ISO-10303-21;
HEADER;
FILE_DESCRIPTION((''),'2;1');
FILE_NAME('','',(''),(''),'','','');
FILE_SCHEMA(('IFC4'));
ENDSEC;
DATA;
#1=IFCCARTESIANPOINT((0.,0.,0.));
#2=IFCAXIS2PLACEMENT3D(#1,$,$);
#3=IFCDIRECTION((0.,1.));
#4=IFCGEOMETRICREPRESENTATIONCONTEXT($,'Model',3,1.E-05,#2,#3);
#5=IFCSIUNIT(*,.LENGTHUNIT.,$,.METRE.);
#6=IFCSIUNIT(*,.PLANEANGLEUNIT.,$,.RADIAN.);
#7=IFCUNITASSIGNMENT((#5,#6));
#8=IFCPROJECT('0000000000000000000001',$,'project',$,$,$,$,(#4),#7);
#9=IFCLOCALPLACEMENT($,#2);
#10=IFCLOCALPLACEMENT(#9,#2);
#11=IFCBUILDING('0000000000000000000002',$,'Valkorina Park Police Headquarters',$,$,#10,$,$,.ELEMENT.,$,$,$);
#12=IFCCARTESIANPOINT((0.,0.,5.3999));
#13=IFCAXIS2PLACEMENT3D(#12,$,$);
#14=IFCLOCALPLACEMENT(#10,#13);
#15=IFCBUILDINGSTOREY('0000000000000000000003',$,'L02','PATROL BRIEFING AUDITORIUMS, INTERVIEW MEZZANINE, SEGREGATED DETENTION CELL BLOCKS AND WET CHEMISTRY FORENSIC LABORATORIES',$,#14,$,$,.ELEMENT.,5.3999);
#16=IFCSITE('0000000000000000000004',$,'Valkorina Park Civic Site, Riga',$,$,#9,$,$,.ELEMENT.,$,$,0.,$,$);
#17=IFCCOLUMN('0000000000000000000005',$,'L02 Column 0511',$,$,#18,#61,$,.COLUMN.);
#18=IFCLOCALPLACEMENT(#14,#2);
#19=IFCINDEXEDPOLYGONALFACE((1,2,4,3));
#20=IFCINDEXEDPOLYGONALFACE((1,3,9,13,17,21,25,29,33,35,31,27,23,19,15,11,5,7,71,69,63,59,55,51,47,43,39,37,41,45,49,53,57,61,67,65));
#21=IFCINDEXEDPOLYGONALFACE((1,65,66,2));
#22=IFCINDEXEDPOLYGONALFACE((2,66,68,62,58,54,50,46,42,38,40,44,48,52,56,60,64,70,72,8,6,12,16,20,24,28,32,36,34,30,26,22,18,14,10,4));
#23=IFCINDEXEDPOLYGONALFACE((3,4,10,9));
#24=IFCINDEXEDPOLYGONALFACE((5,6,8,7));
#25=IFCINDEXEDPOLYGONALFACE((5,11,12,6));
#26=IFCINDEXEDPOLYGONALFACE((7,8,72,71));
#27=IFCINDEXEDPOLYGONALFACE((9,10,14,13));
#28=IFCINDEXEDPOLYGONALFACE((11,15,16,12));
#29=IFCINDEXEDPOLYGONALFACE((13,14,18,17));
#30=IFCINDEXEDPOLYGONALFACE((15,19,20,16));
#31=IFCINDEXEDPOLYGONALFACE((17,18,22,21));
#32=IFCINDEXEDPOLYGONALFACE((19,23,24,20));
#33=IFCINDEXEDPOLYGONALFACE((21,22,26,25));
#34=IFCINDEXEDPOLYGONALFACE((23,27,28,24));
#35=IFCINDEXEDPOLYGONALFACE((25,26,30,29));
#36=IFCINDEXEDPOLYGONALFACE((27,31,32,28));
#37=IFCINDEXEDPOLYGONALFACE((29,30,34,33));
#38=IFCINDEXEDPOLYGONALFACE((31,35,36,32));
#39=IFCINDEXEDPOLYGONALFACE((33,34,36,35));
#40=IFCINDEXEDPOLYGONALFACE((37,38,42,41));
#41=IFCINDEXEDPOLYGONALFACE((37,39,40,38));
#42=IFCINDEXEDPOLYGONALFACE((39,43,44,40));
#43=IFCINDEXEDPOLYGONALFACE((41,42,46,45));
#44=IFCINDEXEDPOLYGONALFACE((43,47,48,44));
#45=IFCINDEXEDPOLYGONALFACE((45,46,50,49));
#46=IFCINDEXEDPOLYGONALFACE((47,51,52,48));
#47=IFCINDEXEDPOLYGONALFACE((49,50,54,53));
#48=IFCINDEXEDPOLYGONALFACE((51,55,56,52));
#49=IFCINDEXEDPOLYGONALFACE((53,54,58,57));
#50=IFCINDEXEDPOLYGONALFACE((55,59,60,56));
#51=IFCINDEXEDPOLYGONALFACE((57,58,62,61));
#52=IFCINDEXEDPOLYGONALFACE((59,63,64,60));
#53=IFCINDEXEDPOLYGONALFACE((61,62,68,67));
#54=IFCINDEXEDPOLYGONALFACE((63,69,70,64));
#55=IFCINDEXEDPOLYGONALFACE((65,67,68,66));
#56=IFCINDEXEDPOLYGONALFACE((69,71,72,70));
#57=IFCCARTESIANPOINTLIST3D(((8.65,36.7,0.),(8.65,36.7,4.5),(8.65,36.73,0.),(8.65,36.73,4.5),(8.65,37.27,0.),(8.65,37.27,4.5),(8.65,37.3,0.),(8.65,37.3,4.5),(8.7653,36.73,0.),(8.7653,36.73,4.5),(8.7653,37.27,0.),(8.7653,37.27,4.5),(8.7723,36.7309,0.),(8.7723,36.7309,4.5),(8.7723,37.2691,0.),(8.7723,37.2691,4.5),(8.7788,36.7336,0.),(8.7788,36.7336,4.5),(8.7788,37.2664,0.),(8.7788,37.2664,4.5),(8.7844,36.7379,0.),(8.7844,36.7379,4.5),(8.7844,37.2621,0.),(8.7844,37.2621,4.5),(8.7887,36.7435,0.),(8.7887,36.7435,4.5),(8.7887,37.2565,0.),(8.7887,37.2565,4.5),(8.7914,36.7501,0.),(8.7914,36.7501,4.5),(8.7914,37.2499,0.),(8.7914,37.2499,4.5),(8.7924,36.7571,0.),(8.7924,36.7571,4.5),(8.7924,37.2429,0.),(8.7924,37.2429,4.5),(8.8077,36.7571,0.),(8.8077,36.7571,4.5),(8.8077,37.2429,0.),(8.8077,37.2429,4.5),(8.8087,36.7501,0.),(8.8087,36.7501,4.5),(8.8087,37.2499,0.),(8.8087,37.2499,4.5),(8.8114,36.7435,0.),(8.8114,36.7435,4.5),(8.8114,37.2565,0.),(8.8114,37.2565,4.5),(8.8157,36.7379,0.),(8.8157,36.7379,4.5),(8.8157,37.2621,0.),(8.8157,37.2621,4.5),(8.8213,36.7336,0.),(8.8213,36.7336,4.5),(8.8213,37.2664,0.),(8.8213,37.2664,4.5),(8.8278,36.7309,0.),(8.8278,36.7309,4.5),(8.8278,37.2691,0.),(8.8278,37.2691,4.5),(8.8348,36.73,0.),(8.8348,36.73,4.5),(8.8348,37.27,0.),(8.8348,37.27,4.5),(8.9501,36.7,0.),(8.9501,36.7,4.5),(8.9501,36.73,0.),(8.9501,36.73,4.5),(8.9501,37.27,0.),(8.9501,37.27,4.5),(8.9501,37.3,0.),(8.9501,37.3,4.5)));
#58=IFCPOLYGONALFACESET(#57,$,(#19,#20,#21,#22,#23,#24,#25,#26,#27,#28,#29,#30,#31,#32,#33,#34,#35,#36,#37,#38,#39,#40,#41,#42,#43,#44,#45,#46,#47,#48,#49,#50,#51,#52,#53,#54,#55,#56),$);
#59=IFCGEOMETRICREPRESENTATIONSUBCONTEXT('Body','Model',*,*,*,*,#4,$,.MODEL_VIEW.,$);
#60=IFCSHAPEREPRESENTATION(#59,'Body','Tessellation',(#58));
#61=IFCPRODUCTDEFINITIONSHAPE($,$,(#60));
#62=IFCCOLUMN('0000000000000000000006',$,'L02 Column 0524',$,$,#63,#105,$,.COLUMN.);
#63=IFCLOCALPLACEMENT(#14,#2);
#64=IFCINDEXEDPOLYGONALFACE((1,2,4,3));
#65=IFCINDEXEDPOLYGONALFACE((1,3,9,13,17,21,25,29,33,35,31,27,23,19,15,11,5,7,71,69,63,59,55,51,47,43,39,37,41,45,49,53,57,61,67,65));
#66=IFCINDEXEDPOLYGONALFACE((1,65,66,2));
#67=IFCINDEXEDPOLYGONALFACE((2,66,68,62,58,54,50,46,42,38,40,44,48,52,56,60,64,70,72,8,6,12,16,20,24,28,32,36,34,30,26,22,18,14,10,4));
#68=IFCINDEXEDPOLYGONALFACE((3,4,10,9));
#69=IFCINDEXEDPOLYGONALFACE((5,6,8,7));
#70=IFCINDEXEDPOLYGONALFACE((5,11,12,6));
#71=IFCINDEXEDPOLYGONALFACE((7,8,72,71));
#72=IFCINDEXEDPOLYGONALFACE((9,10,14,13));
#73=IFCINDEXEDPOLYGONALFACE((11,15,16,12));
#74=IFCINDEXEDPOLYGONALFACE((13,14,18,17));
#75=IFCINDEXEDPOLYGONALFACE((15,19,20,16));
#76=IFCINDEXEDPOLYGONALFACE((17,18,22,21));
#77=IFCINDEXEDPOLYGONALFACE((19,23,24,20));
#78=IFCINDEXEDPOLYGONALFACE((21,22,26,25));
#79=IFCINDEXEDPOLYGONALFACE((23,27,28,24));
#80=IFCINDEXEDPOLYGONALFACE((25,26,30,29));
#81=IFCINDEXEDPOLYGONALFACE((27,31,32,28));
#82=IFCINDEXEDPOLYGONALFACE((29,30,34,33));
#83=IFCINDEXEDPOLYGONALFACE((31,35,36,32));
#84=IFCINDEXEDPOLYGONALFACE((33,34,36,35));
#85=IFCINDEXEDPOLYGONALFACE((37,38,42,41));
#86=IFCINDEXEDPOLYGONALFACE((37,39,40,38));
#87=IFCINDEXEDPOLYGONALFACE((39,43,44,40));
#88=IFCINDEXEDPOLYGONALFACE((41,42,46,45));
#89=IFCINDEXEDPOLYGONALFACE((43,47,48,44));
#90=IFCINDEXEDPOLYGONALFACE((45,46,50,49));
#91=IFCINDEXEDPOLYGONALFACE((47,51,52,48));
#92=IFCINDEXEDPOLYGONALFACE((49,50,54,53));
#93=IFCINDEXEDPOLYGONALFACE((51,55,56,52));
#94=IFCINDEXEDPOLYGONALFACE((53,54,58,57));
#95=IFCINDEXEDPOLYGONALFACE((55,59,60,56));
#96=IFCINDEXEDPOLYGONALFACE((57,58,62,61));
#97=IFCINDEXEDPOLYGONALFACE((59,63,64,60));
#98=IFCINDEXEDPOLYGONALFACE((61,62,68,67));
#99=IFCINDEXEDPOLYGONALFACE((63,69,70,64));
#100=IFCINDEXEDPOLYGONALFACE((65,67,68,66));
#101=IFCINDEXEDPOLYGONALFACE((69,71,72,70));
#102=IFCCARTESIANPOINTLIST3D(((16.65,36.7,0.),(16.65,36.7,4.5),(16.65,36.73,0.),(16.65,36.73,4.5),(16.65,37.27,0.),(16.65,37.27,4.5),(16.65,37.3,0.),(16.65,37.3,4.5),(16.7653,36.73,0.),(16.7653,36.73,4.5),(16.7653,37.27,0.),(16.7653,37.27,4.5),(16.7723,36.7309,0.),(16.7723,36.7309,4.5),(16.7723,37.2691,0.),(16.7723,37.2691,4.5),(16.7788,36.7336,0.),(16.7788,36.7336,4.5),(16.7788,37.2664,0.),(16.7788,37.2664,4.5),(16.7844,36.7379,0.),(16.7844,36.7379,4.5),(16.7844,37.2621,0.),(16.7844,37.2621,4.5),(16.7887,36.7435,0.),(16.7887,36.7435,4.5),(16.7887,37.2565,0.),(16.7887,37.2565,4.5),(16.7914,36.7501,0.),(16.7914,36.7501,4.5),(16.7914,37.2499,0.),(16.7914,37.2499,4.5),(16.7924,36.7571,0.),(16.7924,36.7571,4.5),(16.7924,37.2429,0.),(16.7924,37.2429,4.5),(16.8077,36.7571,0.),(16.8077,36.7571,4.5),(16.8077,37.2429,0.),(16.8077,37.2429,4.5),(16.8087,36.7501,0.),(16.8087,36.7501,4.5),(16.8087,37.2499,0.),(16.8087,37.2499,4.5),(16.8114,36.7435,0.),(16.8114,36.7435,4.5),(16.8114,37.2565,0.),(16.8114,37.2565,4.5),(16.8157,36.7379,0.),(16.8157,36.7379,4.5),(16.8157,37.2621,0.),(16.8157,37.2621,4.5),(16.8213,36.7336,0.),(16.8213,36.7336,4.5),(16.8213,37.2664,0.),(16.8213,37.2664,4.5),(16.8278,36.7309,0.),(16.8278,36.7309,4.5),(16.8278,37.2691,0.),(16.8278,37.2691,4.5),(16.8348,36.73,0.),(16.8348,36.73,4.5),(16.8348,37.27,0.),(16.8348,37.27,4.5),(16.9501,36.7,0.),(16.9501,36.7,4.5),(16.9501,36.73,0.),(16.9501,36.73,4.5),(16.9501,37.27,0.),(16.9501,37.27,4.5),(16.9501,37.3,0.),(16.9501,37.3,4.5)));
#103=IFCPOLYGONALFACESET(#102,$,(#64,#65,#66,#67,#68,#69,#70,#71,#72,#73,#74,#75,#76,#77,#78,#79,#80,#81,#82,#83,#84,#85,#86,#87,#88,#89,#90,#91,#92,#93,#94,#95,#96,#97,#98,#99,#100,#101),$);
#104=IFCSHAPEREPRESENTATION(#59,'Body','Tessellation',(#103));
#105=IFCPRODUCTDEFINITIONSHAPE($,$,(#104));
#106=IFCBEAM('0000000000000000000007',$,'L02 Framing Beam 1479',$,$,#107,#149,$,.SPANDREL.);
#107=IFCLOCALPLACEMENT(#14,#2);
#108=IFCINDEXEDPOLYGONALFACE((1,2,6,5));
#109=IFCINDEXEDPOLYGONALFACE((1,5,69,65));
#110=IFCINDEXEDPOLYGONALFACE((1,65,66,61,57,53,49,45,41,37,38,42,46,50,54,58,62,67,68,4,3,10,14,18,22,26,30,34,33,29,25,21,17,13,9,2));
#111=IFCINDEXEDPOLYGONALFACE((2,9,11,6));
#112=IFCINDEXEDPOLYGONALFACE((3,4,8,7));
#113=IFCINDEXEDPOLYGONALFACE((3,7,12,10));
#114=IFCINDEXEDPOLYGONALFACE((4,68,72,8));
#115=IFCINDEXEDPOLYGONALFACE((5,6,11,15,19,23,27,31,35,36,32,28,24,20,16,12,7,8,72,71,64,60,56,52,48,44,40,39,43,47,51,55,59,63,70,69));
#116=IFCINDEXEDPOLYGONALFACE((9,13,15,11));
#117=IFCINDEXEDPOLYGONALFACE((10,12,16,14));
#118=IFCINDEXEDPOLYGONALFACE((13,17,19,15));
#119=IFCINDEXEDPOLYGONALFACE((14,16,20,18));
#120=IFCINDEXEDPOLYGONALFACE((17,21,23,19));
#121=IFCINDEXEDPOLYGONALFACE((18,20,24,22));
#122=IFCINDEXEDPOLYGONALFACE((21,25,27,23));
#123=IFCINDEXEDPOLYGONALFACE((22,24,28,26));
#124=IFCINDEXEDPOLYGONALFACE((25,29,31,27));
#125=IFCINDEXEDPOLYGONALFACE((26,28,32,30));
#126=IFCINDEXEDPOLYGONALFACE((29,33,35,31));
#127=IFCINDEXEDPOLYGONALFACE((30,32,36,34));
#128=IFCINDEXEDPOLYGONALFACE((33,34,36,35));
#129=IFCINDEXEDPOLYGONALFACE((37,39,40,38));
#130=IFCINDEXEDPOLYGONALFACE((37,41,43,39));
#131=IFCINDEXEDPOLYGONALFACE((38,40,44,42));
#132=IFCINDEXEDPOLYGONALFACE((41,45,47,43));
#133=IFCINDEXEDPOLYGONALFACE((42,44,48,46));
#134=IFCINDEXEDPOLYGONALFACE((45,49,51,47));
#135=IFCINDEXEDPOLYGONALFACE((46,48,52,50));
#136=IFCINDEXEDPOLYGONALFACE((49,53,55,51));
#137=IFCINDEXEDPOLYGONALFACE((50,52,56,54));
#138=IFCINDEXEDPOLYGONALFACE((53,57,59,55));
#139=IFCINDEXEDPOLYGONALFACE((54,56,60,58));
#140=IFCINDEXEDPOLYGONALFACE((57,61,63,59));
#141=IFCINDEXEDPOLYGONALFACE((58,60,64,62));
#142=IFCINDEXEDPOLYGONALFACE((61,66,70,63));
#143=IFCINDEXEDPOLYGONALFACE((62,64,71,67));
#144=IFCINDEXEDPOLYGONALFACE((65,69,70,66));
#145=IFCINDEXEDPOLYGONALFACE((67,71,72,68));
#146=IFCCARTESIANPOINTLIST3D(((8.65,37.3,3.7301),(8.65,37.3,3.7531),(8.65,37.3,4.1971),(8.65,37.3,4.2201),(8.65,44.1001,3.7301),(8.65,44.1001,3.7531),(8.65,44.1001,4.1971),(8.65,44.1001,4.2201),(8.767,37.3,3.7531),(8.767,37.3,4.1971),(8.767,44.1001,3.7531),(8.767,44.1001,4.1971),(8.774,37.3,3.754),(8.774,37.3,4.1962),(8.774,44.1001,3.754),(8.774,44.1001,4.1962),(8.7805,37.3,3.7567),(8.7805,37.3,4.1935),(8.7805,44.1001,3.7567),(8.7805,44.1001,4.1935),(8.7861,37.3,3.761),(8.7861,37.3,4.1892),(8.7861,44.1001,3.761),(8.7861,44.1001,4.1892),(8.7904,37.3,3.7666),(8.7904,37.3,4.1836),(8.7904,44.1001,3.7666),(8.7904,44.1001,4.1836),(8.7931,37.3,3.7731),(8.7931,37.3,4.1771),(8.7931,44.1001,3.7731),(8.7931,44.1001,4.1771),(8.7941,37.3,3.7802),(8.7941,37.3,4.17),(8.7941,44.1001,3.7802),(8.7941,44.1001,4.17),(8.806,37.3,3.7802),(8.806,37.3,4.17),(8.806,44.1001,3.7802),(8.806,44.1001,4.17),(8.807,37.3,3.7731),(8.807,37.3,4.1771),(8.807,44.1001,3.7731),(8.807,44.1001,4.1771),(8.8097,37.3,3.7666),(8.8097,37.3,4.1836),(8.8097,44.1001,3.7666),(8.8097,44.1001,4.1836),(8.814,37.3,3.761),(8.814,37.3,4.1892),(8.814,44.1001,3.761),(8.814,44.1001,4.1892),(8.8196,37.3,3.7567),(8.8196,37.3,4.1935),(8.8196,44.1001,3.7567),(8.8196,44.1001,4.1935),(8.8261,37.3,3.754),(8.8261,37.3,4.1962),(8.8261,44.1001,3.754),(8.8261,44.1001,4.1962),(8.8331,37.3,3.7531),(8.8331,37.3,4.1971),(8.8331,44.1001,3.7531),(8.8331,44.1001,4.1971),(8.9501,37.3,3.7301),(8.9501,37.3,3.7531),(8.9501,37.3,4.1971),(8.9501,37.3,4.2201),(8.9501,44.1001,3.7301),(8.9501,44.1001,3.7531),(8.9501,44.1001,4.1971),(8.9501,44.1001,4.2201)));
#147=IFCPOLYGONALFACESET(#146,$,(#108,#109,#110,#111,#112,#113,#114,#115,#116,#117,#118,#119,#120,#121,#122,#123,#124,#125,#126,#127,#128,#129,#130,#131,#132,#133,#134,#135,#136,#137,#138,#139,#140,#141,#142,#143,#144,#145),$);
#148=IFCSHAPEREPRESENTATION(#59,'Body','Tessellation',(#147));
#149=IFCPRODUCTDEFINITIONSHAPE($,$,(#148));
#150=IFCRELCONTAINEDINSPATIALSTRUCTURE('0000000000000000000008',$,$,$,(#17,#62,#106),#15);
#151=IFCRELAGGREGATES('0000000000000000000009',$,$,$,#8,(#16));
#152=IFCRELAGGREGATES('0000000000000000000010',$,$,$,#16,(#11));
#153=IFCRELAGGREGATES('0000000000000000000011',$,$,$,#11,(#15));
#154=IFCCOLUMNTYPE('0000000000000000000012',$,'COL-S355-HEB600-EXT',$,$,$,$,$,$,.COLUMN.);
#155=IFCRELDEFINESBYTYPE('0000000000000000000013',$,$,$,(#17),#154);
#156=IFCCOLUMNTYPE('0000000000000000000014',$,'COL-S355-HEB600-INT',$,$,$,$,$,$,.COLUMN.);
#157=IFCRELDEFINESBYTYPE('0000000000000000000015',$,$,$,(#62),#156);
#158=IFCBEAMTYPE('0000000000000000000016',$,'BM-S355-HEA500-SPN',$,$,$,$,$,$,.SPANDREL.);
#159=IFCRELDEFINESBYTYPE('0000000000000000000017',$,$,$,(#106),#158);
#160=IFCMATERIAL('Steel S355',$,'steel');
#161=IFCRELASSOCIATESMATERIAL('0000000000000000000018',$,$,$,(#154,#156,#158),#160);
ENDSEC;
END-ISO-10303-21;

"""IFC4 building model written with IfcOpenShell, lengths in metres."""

from ifc_helpers import new_model, si_unit, direction, frame, origin, origin_2d, place, context, subcontext, project, spatial, i_section, extrude, material, material_profile, profile_set, type_object, element, save


model = new_model("IFC4")

# Units and contexts
model_context = context("Model", 3, precision=1e-05, world=origin(), true_north=direction((0.0, 1.0)))
body_context = subcontext(model_context, "Body", "Model", "MODEL_VIEW")
ifc_project = project(units=[si_unit("LENGTHUNIT", "METRE"), si_unit("PLANEANGLEUNIT", "RADIAN")], contexts=[model_context])

# Site, building, storey
site_placement = place(None, origin())
site = spatial("IfcSite", under=ifc_project, at=site_placement, Name="Valkorina Park Civic Site, Riga", CompositionType="ELEMENT", RefElevation=0.0)
building_placement = place(site_placement, origin())
building = spatial("IfcBuilding", under=site, at=building_placement, Name="Valkorina Park Police Headquarters", CompositionType="ELEMENT")
storey_placement = place(building_placement, frame((0.0, 0.0, 5.3999)))
storey = spatial("IfcBuildingStorey", under=building, at=storey_placement, Name="L02", Description="PATROL BRIEFING AUDITORIUMS, INTERVIEW MEZZANINE, SEGREGATED DETENTION CELL BLOCKS AND WET CHEMISTRY FORENSIC LABORATORIES", CompositionType="ELEMENT", Elevation=5.3999)

# Columns
ifc_material_1 = material(Name="Steel S355", Category="steel")
ifc_material_profile_1 = material_profile(ifc_material_1, i_section(OverallWidth=0.3, OverallDepth=0.6001, WebThickness=0.0154, FlangeThickness=0.03, FilletRadius=0.0271, at=origin_2d()), Name="HEB 600")
ifc_profile_set_1 = profile_set([ifc_material_profile_1], Name="Steel S355")
column_type_1 = type_object("IfcColumnType", Name="COL-S355-HEB600-EXT", PredefinedType="COLUMN", material=ifc_profile_set_1)
column_1_placement = place(storey_placement, frame((8.8, 37.0, 0.0), z_axis=(0.0, 0.0, 1.0), x_axis=(1.0, 0.0, 0.0)))
element("IfcColumn", 1, at=column_1_placement, inside=storey, type_object=column_type_1, Name="L02 Column 0511", PredefinedType="COLUMN", context=body_context, shape_type="SweptSolid", body=[
    extrude(i_section(OverallWidth=0.3, OverallDepth=0.6001, WebThickness=0.0154, FlangeThickness=0.03, FilletRadius=0.0271, at=origin_2d()), origin(), (0.0, 0.0, 1.0), 4.5),
])
ifc_material_profile_2 = material_profile(ifc_material_1, i_section(OverallWidth=0.3, OverallDepth=0.6001, WebThickness=0.0154, FlangeThickness=0.03, FilletRadius=0.0271, at=origin_2d()), Name="HEB 600")
ifc_profile_set_2 = profile_set([ifc_material_profile_2], Name="Steel S355")
column_type_2 = type_object("IfcColumnType", Name="COL-S355-HEB600-INT", PredefinedType="COLUMN", material=ifc_profile_set_2)
column_2_placement = place(storey_placement, frame((16.8, 37.0, 0.0), z_axis=(0.0, 0.0, 1.0), x_axis=(1.0, 0.0, 0.0)))
element("IfcColumn", 2, at=column_2_placement, inside=storey, type_object=column_type_2, Name="L02 Column 0524", PredefinedType="COLUMN", context=body_context, shape_type="SweptSolid", body=[
    extrude(i_section(OverallWidth=0.3, OverallDepth=0.6001, WebThickness=0.0154, FlangeThickness=0.03, FilletRadius=0.0271, at=origin_2d()), origin(), (0.0, 0.0, 1.0), 4.5),
])

# Beam
ifc_material_profile_3 = material_profile(ifc_material_1, i_section(OverallWidth=0.3, OverallDepth=0.49, WebThickness=0.012, FlangeThickness=0.0229, FilletRadius=0.0271, at=origin_2d()), Name="HEA 500")
ifc_profile_set_3 = profile_set([ifc_material_profile_3], Name="Steel S355")
beam_type_1 = type_object("IfcBeamType", Name="BM-S355-HEA500-SPN", PredefinedType="SPANDREL", material=ifc_profile_set_3)
beam_placement = place(storey_placement, frame((8.8, 37.3, 3.9751), z_axis=(0.0, 1.0, 0.0), x_axis=(-1.0, 0.0, 0.0)))
element("IfcBeam", 3, at=beam_placement, inside=storey, type_object=beam_type_1, Name="L02 Framing Beam 1479", PredefinedType="SPANDREL", context=body_context, shape_type="SweptSolid", body=[
    extrude(i_section(OverallWidth=0.3, OverallDepth=0.49, WebThickness=0.012, FlangeThickness=0.0229, FilletRadius=0.0271, at=origin_2d()), origin(), (0.0, 0.0, 1.0), 6.8),
])

save(model, "model.ifc")
